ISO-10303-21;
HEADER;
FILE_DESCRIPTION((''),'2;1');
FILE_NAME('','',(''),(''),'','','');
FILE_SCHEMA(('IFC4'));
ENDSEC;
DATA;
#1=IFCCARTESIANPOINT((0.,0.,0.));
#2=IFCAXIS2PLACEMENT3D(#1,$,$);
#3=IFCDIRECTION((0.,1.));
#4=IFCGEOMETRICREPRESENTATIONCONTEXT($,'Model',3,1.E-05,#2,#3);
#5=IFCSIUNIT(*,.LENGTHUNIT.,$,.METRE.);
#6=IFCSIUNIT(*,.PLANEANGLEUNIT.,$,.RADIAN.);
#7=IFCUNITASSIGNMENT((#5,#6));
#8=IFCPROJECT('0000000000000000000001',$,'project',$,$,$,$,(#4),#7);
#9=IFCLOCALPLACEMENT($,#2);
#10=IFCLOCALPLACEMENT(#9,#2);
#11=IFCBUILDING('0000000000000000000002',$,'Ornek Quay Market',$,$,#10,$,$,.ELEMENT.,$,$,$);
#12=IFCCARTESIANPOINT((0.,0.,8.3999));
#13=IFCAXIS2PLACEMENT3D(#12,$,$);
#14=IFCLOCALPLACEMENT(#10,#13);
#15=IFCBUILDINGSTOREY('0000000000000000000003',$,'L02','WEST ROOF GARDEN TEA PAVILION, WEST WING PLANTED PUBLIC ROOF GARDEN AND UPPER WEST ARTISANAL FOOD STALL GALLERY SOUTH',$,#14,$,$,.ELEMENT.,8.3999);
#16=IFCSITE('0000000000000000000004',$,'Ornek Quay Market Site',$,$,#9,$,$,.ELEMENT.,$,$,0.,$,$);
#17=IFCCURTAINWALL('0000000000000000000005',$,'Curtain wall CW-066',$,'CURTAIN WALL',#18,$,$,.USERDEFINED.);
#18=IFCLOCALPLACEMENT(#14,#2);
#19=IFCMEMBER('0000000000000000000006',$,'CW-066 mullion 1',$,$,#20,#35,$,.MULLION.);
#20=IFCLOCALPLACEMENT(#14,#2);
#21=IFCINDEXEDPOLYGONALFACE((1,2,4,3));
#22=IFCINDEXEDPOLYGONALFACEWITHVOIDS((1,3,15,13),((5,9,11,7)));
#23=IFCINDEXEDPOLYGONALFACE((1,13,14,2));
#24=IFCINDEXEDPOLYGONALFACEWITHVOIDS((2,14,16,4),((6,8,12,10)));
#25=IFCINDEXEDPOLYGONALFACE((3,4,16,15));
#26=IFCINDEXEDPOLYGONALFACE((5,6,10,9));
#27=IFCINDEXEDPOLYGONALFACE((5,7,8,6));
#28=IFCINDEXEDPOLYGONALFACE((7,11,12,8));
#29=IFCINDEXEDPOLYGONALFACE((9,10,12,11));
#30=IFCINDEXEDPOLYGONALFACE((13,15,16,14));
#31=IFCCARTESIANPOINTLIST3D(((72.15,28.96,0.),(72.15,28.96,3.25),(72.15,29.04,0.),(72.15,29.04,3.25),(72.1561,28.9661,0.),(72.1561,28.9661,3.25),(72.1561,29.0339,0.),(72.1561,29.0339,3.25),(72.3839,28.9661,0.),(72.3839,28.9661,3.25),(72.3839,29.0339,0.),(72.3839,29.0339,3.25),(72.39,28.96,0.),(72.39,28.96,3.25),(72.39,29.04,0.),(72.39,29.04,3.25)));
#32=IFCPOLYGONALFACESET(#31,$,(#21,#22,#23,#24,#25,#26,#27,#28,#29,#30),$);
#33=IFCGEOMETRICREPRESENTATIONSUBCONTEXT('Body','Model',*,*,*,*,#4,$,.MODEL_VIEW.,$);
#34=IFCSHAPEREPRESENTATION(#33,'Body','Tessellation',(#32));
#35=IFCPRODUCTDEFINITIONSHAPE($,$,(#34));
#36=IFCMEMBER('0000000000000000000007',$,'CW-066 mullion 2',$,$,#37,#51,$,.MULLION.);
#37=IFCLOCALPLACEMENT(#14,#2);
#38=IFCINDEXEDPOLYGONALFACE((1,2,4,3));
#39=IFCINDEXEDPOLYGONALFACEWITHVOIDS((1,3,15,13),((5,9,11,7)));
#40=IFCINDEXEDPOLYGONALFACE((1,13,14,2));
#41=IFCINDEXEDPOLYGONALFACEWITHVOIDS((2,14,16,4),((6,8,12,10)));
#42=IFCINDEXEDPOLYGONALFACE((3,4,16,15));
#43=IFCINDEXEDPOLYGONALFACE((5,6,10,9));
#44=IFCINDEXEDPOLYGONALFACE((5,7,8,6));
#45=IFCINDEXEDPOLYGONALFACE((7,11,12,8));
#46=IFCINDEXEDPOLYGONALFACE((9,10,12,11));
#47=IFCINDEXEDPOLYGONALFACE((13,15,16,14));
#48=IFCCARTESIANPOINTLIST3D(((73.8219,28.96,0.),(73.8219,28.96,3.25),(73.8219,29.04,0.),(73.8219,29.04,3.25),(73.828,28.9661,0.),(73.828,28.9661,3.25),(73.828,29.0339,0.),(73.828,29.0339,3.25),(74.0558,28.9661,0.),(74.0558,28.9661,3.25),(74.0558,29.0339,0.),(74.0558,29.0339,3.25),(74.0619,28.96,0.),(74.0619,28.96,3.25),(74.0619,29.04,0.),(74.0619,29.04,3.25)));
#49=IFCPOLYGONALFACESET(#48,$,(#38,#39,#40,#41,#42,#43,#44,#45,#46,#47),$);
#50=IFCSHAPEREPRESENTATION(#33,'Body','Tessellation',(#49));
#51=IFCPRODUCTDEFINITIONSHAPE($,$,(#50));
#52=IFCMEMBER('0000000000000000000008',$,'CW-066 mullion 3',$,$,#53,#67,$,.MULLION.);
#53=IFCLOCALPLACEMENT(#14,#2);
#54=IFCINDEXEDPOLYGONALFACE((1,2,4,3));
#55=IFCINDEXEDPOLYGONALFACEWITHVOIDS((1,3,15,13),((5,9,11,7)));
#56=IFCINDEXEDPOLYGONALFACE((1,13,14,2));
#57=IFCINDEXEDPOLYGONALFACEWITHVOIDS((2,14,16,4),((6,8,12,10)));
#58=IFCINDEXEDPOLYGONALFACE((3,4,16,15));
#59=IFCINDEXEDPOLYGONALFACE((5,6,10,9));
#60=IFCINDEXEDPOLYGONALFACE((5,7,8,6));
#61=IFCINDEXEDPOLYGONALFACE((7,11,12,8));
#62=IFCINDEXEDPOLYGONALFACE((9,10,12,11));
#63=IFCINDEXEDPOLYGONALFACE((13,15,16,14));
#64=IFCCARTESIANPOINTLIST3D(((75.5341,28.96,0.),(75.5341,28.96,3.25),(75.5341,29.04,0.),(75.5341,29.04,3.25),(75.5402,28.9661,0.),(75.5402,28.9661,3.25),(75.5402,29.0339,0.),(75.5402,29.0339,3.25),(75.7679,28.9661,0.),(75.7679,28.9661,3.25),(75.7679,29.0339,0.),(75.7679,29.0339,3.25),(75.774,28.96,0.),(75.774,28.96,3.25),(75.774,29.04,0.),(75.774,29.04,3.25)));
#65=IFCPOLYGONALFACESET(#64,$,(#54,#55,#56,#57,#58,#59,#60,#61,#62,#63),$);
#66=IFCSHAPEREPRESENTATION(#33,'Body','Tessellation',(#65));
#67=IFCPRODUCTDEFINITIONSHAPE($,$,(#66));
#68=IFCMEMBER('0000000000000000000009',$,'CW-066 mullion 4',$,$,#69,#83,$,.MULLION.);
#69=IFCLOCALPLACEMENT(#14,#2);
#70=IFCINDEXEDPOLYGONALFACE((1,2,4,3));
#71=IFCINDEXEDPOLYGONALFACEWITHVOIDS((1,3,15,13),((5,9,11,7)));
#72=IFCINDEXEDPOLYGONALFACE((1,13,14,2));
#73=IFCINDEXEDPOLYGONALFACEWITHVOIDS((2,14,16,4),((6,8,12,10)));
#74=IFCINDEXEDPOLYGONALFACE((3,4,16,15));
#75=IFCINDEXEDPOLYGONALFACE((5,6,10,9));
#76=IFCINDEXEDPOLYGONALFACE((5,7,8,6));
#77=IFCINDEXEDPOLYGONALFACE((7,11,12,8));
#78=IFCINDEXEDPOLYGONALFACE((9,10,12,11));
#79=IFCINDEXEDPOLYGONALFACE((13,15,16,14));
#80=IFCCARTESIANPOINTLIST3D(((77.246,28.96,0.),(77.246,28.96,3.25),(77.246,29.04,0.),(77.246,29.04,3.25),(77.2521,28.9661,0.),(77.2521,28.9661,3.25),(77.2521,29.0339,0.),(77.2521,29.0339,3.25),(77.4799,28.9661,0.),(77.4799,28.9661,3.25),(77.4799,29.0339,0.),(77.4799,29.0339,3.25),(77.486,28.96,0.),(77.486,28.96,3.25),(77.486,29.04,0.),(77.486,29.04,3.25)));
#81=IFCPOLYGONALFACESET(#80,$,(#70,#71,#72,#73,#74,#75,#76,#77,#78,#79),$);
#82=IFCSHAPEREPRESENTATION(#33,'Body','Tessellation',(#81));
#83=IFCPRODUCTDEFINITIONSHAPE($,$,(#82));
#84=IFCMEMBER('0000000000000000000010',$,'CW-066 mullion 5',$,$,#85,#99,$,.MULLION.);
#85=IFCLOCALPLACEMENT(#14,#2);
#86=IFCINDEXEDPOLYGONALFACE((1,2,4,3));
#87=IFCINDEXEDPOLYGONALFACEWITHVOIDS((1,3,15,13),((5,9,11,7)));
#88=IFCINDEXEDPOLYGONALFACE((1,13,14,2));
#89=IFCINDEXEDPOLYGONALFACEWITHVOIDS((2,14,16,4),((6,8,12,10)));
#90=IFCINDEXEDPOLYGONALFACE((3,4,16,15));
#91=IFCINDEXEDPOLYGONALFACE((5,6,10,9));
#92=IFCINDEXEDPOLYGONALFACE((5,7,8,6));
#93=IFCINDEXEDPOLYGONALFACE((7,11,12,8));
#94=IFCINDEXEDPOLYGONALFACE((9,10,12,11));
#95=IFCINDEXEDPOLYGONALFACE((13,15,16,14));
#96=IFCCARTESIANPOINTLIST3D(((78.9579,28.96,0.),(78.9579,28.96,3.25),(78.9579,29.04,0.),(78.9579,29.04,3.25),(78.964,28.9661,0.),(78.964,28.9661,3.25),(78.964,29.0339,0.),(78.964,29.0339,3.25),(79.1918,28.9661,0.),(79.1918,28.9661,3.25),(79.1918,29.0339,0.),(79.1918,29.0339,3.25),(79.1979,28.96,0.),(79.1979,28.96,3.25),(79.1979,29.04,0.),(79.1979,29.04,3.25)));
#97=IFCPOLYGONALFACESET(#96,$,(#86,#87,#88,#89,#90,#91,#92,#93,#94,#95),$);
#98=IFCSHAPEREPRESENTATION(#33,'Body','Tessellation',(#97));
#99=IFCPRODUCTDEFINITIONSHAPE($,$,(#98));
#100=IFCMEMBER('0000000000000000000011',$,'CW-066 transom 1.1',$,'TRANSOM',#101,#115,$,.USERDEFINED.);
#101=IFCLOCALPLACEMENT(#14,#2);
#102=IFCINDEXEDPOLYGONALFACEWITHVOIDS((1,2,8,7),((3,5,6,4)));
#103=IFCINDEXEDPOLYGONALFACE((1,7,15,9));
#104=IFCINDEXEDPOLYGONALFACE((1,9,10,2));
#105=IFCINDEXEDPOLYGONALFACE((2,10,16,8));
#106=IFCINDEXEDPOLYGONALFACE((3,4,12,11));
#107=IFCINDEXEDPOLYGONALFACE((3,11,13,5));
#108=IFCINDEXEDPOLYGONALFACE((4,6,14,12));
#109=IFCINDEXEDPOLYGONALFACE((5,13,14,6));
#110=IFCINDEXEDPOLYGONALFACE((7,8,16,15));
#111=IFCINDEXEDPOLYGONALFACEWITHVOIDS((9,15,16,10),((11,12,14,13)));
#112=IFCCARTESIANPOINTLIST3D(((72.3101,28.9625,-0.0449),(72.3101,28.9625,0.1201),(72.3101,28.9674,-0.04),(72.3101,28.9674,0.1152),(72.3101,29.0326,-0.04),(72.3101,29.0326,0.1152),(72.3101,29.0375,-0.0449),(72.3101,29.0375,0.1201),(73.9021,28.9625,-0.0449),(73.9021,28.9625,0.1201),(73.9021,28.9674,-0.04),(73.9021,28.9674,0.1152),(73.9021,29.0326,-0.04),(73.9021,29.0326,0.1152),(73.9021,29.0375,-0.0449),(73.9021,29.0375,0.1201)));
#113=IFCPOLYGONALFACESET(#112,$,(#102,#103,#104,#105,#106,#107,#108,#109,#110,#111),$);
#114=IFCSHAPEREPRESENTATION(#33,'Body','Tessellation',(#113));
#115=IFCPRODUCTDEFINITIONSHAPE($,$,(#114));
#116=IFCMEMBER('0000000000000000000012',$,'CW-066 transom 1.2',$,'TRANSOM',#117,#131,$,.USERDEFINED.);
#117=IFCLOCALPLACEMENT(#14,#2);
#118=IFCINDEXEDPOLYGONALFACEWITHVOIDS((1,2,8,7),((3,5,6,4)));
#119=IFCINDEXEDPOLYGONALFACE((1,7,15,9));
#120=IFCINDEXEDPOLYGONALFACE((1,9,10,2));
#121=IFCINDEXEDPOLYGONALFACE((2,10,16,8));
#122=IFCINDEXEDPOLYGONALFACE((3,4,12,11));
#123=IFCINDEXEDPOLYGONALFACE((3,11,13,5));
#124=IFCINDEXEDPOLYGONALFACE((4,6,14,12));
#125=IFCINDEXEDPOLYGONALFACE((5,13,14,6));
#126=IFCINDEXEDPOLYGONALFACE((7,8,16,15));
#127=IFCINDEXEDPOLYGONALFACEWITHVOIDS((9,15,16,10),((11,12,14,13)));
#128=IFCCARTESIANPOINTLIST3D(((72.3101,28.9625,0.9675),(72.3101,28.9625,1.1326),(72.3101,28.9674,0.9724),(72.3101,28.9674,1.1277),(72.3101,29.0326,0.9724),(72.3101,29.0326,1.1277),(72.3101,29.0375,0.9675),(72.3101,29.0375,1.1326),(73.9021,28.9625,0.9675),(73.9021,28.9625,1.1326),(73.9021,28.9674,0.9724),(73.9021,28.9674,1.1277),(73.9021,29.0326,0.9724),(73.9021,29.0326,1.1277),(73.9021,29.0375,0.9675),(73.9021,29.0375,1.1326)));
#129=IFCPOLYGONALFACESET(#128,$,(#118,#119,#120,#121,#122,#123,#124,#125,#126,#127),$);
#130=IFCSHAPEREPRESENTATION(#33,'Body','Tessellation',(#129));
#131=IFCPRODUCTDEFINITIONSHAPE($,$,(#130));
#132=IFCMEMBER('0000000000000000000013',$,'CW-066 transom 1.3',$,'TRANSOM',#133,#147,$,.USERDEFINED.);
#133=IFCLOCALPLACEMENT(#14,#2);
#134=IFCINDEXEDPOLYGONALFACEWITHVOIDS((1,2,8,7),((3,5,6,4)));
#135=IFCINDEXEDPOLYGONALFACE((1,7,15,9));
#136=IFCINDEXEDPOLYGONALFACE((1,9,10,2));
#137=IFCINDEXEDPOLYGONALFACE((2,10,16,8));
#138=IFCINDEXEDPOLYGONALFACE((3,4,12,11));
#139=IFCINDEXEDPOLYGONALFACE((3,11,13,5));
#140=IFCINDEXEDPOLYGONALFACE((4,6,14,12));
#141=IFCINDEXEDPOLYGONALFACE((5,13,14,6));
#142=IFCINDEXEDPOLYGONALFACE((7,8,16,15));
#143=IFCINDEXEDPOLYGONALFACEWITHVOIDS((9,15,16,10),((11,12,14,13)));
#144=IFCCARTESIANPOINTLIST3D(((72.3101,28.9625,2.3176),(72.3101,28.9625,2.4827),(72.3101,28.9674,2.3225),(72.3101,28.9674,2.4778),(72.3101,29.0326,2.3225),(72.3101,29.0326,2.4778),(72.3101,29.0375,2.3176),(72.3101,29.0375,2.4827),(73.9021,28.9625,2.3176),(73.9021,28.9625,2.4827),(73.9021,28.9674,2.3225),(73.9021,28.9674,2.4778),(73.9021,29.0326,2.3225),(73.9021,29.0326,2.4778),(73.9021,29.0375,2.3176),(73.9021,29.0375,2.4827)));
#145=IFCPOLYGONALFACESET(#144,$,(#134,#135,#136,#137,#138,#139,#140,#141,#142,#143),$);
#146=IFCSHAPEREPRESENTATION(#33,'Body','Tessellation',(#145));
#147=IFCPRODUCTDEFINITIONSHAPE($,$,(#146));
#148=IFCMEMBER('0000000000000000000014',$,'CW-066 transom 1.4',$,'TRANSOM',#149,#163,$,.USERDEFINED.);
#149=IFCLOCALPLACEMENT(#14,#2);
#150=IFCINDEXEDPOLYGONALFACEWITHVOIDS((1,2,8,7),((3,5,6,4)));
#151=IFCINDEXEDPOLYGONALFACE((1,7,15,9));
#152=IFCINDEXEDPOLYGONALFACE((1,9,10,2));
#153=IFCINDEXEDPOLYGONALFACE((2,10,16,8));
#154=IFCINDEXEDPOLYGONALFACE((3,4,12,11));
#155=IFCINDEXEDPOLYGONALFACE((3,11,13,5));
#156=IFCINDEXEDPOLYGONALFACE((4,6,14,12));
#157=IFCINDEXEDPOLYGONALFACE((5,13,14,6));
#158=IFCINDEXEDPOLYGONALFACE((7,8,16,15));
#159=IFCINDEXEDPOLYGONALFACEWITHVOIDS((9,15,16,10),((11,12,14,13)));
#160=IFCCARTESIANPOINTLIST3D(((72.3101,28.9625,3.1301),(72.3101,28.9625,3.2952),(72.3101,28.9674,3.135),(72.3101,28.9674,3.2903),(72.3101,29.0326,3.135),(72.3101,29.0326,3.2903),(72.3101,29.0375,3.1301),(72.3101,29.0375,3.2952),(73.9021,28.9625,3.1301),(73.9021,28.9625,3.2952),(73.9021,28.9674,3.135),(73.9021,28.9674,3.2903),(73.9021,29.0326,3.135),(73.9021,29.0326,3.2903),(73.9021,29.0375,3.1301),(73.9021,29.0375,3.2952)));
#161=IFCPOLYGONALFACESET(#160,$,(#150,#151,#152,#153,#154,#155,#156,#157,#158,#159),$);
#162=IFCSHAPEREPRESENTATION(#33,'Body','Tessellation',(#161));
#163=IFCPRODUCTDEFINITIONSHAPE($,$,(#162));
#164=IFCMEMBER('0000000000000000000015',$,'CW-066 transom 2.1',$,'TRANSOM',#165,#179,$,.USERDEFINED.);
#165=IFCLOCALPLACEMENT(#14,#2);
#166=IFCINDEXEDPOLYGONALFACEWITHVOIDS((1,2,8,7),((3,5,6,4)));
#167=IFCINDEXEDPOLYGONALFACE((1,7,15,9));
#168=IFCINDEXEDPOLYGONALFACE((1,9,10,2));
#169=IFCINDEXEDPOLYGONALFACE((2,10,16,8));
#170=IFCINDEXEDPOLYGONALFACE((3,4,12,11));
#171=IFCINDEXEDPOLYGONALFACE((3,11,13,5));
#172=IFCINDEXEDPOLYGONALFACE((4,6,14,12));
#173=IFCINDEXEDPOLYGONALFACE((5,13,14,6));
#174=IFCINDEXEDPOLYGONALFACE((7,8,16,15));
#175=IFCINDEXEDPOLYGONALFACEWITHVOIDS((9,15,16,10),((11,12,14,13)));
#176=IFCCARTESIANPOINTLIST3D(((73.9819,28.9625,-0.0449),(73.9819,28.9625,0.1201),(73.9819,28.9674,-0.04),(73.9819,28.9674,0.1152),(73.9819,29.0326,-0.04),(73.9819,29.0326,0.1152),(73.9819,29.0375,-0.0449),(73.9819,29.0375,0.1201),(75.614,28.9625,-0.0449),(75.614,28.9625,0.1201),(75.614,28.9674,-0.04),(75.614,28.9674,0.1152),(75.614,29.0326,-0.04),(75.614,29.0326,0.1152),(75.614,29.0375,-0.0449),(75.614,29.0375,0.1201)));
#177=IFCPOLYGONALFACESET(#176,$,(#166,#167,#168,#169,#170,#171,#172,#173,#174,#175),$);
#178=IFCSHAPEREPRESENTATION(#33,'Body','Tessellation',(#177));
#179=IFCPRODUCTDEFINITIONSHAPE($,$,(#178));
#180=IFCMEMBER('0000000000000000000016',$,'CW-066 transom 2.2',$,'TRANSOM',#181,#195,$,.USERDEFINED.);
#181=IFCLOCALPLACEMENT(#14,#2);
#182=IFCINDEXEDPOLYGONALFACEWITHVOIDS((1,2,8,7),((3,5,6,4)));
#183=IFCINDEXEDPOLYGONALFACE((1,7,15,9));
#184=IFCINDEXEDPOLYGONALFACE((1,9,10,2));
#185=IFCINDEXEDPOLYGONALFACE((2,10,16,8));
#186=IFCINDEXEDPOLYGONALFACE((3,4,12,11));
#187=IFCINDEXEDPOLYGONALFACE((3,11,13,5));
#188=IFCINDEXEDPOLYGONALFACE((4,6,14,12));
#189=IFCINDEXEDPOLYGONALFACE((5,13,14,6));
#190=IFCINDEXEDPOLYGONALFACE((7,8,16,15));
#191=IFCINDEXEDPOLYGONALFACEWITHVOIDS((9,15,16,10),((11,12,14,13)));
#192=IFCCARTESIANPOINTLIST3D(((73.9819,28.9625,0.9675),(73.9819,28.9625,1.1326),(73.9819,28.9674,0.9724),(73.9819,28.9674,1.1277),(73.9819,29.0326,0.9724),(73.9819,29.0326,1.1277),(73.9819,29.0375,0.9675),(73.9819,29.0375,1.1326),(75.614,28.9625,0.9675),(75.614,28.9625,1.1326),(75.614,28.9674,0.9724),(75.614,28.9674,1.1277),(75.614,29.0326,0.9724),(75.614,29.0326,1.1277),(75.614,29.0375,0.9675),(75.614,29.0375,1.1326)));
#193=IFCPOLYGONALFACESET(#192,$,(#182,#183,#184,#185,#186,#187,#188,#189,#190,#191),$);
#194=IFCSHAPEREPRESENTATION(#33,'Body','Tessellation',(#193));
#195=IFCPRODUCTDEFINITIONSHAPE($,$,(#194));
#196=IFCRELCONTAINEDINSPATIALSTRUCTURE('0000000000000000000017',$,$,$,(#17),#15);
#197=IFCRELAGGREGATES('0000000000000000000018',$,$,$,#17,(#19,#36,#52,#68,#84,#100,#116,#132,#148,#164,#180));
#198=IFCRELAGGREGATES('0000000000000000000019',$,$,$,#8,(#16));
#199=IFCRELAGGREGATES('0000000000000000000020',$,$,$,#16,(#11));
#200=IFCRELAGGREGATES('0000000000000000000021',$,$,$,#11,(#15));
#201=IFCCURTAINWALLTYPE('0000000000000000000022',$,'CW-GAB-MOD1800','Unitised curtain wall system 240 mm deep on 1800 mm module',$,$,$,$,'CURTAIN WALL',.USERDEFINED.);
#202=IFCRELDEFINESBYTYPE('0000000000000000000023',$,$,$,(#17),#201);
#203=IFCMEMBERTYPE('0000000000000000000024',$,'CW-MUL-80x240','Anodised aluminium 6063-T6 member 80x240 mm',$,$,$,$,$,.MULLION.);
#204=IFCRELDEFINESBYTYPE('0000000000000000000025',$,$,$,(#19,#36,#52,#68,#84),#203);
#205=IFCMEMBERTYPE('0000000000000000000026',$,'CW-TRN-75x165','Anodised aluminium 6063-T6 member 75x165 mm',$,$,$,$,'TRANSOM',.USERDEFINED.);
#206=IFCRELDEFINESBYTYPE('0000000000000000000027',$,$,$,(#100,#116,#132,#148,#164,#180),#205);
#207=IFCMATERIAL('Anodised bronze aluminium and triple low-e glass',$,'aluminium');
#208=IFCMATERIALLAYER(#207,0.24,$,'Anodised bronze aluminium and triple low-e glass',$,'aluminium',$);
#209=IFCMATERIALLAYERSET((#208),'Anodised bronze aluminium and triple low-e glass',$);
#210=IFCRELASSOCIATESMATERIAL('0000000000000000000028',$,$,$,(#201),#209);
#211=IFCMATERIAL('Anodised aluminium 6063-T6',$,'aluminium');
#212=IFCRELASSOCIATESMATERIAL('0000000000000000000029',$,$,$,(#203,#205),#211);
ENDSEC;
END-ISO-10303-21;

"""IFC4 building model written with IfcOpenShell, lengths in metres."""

from ifc_helpers import new_model, si_unit, direction, frame, origin, origin_2d, place, context, subcontext, project, spatial, hollow_rectangle, extrude, material, layer, layer_set, material_profile, profile_set, type_object, element, aggregate, save


model = new_model("IFC4")

# Units and contexts
model_context = context("Model", 3, precision=1e-05, world=origin(), true_north=direction((0.0, 1.0)))
body_context = subcontext(model_context, "Body", "Model", "MODEL_VIEW")
ifc_project = project(units=[si_unit("LENGTHUNIT", "METRE"), si_unit("PLANEANGLEUNIT", "RADIAN")], contexts=[model_context])

# Site, building, storey
site_placement = place(None, origin())
site = spatial("IfcSite", under=ifc_project, at=site_placement, Name="Ornek Quay Market Site", CompositionType="ELEMENT", RefElevation=0.0)
building_placement = place(site_placement, origin())
building = spatial("IfcBuilding", under=site, at=building_placement, Name="Ornek Quay Market", CompositionType="ELEMENT")
storey_placement = place(building_placement, frame((0.0, 0.0, 8.3999)))
storey = spatial("IfcBuildingStorey", under=building, at=storey_placement, Name="L02", Description="WEST ROOF GARDEN TEA PAVILION, WEST WING PLANTED PUBLIC ROOF GARDEN AND UPPER WEST ARTISANAL FOOD STALL GALLERY SOUTH", CompositionType="ELEMENT", Elevation=8.3999)

# Curtain wall, members
ifc_material_1 = material(Name="Anodised bronze aluminium and triple low-e glass", Category="aluminium")
ifc_layer_1 = layer(ifc_material_1, 0.24, Name="Anodised bronze aluminium and triple low-e glass", Category="aluminium")
ifc_layer_set_1 = layer_set([ifc_layer_1], Name="Anodised bronze aluminium and triple low-e glass")
curtain_wall_type = type_object("IfcCurtainWallType", Name="CW-GAB-MOD1800", Description="Unitised curtain wall system 240 mm deep on 1800 mm module", ElementType="CURTAIN WALL", PredefinedType="USERDEFINED", material=ifc_layer_set_1)
curtain_wall_placement = place(storey_placement, origin())
curtain_wall = element("IfcCurtainWall", 1, at=curtain_wall_placement, inside=storey, type_object=curtain_wall_type, Name="Curtain wall CW-066", ObjectType="CURTAIN WALL", PredefinedType="USERDEFINED")
ifc_material_2 = material(Name="Anodised aluminium 6063-T6", Category="aluminium")
ifc_material_profile_1 = material_profile(ifc_material_2, hollow_rectangle(XDim=0.0801, YDim=0.24, WallThickness=0.0061, at=origin_2d()), Name="CW-MUL-80x240", Category="aluminium")
ifc_profile_set_1 = profile_set([ifc_material_profile_1], Name="Anodised aluminium 6063-T6")
member_type_1 = type_object("IfcMemberType", Name="CW-MUL-80x240", Description="Anodised aluminium 6063-T6 member 80x240 mm", PredefinedType="MULLION", material=ifc_profile_set_1)
member_1_placement = place(storey_placement, frame((72.27, 29.0, 0.0), z_axis=(0.0, 0.0, 1.0), x_axis=(0.0, 1.0, 0.0)))
member_1 = element("IfcMember", 2, at=member_1_placement, type_object=member_type_1, Name="CW-066 mullion 1", PredefinedType="MULLION", context=body_context, shape_type="SweptSolid", body=[
    extrude(hollow_rectangle(XDim=0.0801, YDim=0.24, WallThickness=0.0061, at=origin_2d()), origin(), (0.0, 0.0, 1.0), 3.25),
])
member_2_placement = place(storey_placement, frame((73.9419, 29.0, 0.0), z_axis=(0.0, 0.0, 1.0), x_axis=(0.0, 1.0, 0.0)))
member_2 = element("IfcMember", 3, at=member_2_placement, type_object=member_type_1, Name="CW-066 mullion 2", PredefinedType="MULLION", context=body_context, shape_type="SweptSolid", body=[
    extrude(hollow_rectangle(XDim=0.0801, YDim=0.24, WallThickness=0.0061, at=origin_2d()), origin(), (0.0, 0.0, 1.0), 3.25),
])
member_3_placement = place(storey_placement, frame((75.6541, 29.0, 0.0), z_axis=(0.0, 0.0, 1.0), x_axis=(0.0, 1.0, 0.0)))
member_3 = element("IfcMember", 4, at=member_3_placement, type_object=member_type_1, Name="CW-066 mullion 3", PredefinedType="MULLION", context=body_context, shape_type="SweptSolid", body=[
    extrude(hollow_rectangle(XDim=0.0801, YDim=0.24, WallThickness=0.0061, at=origin_2d()), origin(), (0.0, 0.0, 1.0), 3.25),
])
member_4_placement = place(storey_placement, frame((77.366, 29.0, 0.0), z_axis=(0.0, 0.0, 1.0), x_axis=(0.0, 1.0, 0.0)))
member_4 = element("IfcMember", 5, at=member_4_placement, type_object=member_type_1, Name="CW-066 mullion 4", PredefinedType="MULLION", context=body_context, shape_type="SweptSolid", body=[
    extrude(hollow_rectangle(XDim=0.0801, YDim=0.24, WallThickness=0.0061, at=origin_2d()), origin(), (0.0, 0.0, 1.0), 3.25),
])
member_5_placement = place(storey_placement, frame((79.0779, 29.0, 0.0), z_axis=(0.0, 0.0, 1.0), x_axis=(0.0, 1.0, 0.0)))
member_5 = element("IfcMember", 6, at=member_5_placement, type_object=member_type_1, Name="CW-066 mullion 5", PredefinedType="MULLION", context=body_context, shape_type="SweptSolid", body=[
    extrude(hollow_rectangle(XDim=0.0801, YDim=0.24, WallThickness=0.0061, at=origin_2d()), origin(), (0.0, 0.0, 1.0), 3.25),
])
ifc_material_profile_2 = material_profile(ifc_material_2, hollow_rectangle(XDim=0.075, YDim=0.165, WallThickness=0.0049, at=origin_2d()), Name="CW-TRN-75x165", Category="aluminium")
ifc_profile_set_2 = profile_set([ifc_material_profile_2], Name="Anodised aluminium 6063-T6")
member_type_2 = type_object("IfcMemberType", Name="CW-TRN-75x165", Description="Anodised aluminium 6063-T6 member 75x165 mm", ElementType="TRANSOM", PredefinedType="USERDEFINED", material=ifc_profile_set_2)
member_6_placement = place(storey_placement, frame((72.3101, 29.0, 0.0376), z_axis=(1.0, 0.0, 0.0), x_axis=(0.0, 1.0, 0.0)))
member_6 = element("IfcMember", 7, at=member_6_placement, type_object=member_type_2, Name="CW-066 transom 1.1", ObjectType="TRANSOM", PredefinedType="USERDEFINED", context=body_context, shape_type="SweptSolid", body=[
    extrude(hollow_rectangle(XDim=0.075, YDim=0.165, WallThickness=0.0049, at=origin_2d()), origin(), (0.0, 0.0, 1.0), 1.592),
])
member_7_placement = place(storey_placement, frame((72.3101, 29.0, 1.05), z_axis=(1.0, 0.0, 0.0), x_axis=(0.0, 1.0, 0.0)))
member_7 = element("IfcMember", 8, at=member_7_placement, type_object=member_type_2, Name="CW-066 transom 1.2", ObjectType="TRANSOM", PredefinedType="USERDEFINED", context=body_context, shape_type="SweptSolid", body=[
    extrude(hollow_rectangle(XDim=0.075, YDim=0.165, WallThickness=0.0049, at=origin_2d()), origin(), (0.0, 0.0, 1.0), 1.592),
])
member_8_placement = place(storey_placement, frame((72.3101, 29.0, 2.4001), z_axis=(1.0, 0.0, 0.0), x_axis=(0.0, 1.0, 0.0)))
member_8 = element("IfcMember", 9, at=member_8_placement, type_object=member_type_2, Name="CW-066 transom 1.3", ObjectType="TRANSOM", PredefinedType="USERDEFINED", context=body_context, shape_type="SweptSolid", body=[
    extrude(hollow_rectangle(XDim=0.075, YDim=0.165, WallThickness=0.0049, at=origin_2d()), origin(), (0.0, 0.0, 1.0), 1.592),
])
member_9_placement = place(storey_placement, frame((72.3101, 29.0, 3.2126), z_axis=(1.0, 0.0, 0.0), x_axis=(0.0, 1.0, 0.0)))
member_9 = element("IfcMember", 10, at=member_9_placement, type_object=member_type_2, Name="CW-066 transom 1.4", ObjectType="TRANSOM", PredefinedType="USERDEFINED", context=body_context, shape_type="SweptSolid", body=[
    extrude(hollow_rectangle(XDim=0.075, YDim=0.165, WallThickness=0.0049, at=origin_2d()), origin(), (0.0, 0.0, 1.0), 1.592),
])
member_10_placement = place(storey_placement, frame((73.9819, 29.0, 0.0376), z_axis=(1.0, 0.0, 0.0), x_axis=(0.0, 1.0, 0.0)))
member_10 = element("IfcMember", 11, at=member_10_placement, type_object=member_type_2, Name="CW-066 transom 2.1", ObjectType="TRANSOM", PredefinedType="USERDEFINED", context=body_context, shape_type="SweptSolid", body=[
    extrude(hollow_rectangle(XDim=0.075, YDim=0.165, WallThickness=0.0049, at=origin_2d()), origin(), (0.0, 0.0, 1.0), 1.6321),
])
member_11_placement = place(storey_placement, frame((73.9819, 29.0, 1.05), z_axis=(1.0, 0.0, 0.0), x_axis=(0.0, 1.0, 0.0)))
member_11 = element("IfcMember", 12, at=member_11_placement, type_object=member_type_2, Name="CW-066 transom 2.2", ObjectType="TRANSOM", PredefinedType="USERDEFINED", context=body_context, shape_type="SweptSolid", body=[
    extrude(hollow_rectangle(XDim=0.075, YDim=0.165, WallThickness=0.0049, at=origin_2d()), origin(), (0.0, 0.0, 1.0), 1.6321),
])
aggregate(curtain_wall, [member_1, member_2, member_3, member_4, member_5, member_6, member_7, member_8, member_9, member_10, member_11])

save(model, "model.ifc")
